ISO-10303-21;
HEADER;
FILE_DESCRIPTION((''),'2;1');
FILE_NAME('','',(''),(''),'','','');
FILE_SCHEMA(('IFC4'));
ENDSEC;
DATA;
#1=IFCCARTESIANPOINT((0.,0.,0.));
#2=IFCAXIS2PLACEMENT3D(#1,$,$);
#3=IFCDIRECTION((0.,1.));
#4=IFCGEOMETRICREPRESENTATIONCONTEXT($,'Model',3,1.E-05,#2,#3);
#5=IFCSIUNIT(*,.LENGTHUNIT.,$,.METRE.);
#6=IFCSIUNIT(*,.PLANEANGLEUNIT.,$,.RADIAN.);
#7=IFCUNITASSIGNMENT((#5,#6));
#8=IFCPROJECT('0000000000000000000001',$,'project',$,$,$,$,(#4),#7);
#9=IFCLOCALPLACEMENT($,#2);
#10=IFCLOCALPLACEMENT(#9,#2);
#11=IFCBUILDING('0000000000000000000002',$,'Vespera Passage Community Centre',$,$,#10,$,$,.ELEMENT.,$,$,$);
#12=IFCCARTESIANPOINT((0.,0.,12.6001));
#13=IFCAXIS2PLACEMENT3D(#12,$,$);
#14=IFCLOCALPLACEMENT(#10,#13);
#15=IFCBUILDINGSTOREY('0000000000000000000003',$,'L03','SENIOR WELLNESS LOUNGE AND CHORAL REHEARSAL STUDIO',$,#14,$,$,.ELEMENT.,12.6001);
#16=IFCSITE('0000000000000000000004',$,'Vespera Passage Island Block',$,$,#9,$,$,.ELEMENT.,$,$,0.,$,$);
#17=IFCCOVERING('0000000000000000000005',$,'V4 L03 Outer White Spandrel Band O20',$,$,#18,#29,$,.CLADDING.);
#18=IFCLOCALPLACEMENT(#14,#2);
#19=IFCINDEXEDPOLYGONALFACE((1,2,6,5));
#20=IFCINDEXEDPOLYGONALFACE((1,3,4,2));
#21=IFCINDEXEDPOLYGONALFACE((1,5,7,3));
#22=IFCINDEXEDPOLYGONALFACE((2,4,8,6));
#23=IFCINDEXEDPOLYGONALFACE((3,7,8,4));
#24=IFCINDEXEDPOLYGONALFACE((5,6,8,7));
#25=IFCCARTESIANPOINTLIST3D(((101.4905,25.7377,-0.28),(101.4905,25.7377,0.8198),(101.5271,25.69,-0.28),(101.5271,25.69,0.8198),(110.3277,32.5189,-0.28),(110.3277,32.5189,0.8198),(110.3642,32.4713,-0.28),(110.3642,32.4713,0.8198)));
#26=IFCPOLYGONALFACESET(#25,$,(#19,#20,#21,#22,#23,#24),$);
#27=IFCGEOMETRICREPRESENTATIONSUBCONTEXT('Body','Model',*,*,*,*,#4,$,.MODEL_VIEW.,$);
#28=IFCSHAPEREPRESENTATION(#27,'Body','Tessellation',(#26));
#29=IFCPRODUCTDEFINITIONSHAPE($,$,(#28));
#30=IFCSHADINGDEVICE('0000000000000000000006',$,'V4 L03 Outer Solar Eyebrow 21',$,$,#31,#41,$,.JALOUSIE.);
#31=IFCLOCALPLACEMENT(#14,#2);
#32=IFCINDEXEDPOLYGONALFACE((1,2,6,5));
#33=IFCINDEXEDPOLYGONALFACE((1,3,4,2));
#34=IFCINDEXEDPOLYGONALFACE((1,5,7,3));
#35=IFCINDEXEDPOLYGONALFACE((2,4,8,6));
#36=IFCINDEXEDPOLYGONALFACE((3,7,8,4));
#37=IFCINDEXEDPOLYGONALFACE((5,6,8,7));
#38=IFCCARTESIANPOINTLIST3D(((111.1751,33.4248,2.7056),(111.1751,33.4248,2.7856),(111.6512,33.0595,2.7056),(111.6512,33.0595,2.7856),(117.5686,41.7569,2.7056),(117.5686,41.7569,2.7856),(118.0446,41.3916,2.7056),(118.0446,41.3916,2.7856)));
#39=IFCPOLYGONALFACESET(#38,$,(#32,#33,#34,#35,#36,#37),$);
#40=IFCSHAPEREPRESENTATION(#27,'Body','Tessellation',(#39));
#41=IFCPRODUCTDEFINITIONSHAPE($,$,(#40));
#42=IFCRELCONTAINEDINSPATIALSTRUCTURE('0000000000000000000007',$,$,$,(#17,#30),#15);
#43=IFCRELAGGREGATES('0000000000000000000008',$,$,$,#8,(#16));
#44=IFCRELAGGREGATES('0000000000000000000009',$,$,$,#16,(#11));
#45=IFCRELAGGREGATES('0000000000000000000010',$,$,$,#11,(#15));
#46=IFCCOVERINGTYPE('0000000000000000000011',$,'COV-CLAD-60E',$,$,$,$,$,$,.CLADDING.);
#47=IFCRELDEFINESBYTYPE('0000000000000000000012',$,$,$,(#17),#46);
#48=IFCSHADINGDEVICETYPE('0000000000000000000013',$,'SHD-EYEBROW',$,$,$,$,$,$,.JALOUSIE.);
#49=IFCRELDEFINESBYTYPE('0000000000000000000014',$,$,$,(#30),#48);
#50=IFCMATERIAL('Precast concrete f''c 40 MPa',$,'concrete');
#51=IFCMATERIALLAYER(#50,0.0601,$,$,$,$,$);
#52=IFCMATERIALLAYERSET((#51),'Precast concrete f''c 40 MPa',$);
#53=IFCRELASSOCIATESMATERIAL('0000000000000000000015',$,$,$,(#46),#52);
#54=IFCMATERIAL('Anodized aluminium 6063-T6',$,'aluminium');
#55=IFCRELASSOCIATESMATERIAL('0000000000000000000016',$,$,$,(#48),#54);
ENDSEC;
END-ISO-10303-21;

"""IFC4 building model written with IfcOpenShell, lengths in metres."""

from ifc_helpers import new_model, si_unit, direction, frame, frame_2d, origin, origin_2d, place, context, subcontext, project, spatial, rectangle, extrude, material, layer, layer_set, type_object, element, save


model = new_model("IFC4")

# Units and contexts
model_context = context("Model", 3, precision=1e-05, world=origin(), true_north=direction((0.0, 1.0)))
body_context = subcontext(model_context, "Body", "Model", "MODEL_VIEW")
ifc_project = project(units=[si_unit("LENGTHUNIT", "METRE"), si_unit("PLANEANGLEUNIT", "RADIAN")], contexts=[model_context])

# Site, building, storey
site_placement = place(None, origin())
site = spatial("IfcSite", under=ifc_project, at=site_placement, Name="Vespera Passage Island Block", CompositionType="ELEMENT", RefElevation=0.0)
building_placement = place(site_placement, origin())
building = spatial("IfcBuilding", under=site, at=building_placement, Name="Vespera Passage Community Centre", CompositionType="ELEMENT")
storey_placement = place(building_placement, frame((0.0, 0.0, 12.6001)))
storey = spatial("IfcBuildingStorey", under=building, at=storey_placement, Name="L03", Description="SENIOR WELLNESS LOUNGE AND CHORAL REHEARSAL STUDIO", CompositionType="ELEMENT", Elevation=12.6001)

# Covering
ifc_material_1 = material(Name="Precast concrete f'c 40 MPa", Category="concrete")
ifc_layer_1 = layer(ifc_material_1, 0.0601)
ifc_layer_set_1 = layer_set([ifc_layer_1], Name="Precast concrete f'c 40 MPa")
covering_type = type_object("IfcCoveringType", Name="COV-CLAD-60E", PredefinedType="CLADDING", material=ifc_layer_set_1)
covering_placement = place(storey_placement, frame((110.3459, 32.4951, -0.28), z_axis=(0.0, 0.0, 1.0), x_axis=(-0.793342, -0.608776, 0.0)))
element("IfcCovering", 1, at=covering_placement, inside=storey, type_object=covering_type, Name="V4 L03 Outer White Spandrel Band O20", PredefinedType="CLADDING", context=body_context, shape_type="SweptSolid", body=[
    extrude(rectangle(XDim=11.1392, YDim=0.0601, at=frame_2d((5.5696, 0.0))), origin(), (0.0, 0.0, 1.0), 1.0999),
])

# Shading device
ifc_material_2 = material(Name="Anodized aluminium 6063-T6", Category="aluminium")
shading_device_type = type_object("IfcShadingDeviceType", Name="SHD-EYEBROW", PredefinedType="JALOUSIE", material=ifc_material_2)
shading_device_placement = place(storey_placement, frame((114.6099, 37.4082, 2.7056), z_axis=(0.0, 0.0, 1.0), x_axis=(-0.608761, -0.793353, 0.0)))
element("IfcShadingDevice", 2, at=shading_device_placement, inside=storey, type_object=shading_device_type, Name="V4 L03 Outer Solar Eyebrow 21", PredefinedType="JALOUSIE", context=body_context, shape_type="SweptSolid", body=[
    extrude(rectangle(XDim=10.5024, YDim=0.6001, at=origin_2d()), origin(), (0.0, 0.0, 1.0), 0.0801),
])

save(model, "model.ifc")
